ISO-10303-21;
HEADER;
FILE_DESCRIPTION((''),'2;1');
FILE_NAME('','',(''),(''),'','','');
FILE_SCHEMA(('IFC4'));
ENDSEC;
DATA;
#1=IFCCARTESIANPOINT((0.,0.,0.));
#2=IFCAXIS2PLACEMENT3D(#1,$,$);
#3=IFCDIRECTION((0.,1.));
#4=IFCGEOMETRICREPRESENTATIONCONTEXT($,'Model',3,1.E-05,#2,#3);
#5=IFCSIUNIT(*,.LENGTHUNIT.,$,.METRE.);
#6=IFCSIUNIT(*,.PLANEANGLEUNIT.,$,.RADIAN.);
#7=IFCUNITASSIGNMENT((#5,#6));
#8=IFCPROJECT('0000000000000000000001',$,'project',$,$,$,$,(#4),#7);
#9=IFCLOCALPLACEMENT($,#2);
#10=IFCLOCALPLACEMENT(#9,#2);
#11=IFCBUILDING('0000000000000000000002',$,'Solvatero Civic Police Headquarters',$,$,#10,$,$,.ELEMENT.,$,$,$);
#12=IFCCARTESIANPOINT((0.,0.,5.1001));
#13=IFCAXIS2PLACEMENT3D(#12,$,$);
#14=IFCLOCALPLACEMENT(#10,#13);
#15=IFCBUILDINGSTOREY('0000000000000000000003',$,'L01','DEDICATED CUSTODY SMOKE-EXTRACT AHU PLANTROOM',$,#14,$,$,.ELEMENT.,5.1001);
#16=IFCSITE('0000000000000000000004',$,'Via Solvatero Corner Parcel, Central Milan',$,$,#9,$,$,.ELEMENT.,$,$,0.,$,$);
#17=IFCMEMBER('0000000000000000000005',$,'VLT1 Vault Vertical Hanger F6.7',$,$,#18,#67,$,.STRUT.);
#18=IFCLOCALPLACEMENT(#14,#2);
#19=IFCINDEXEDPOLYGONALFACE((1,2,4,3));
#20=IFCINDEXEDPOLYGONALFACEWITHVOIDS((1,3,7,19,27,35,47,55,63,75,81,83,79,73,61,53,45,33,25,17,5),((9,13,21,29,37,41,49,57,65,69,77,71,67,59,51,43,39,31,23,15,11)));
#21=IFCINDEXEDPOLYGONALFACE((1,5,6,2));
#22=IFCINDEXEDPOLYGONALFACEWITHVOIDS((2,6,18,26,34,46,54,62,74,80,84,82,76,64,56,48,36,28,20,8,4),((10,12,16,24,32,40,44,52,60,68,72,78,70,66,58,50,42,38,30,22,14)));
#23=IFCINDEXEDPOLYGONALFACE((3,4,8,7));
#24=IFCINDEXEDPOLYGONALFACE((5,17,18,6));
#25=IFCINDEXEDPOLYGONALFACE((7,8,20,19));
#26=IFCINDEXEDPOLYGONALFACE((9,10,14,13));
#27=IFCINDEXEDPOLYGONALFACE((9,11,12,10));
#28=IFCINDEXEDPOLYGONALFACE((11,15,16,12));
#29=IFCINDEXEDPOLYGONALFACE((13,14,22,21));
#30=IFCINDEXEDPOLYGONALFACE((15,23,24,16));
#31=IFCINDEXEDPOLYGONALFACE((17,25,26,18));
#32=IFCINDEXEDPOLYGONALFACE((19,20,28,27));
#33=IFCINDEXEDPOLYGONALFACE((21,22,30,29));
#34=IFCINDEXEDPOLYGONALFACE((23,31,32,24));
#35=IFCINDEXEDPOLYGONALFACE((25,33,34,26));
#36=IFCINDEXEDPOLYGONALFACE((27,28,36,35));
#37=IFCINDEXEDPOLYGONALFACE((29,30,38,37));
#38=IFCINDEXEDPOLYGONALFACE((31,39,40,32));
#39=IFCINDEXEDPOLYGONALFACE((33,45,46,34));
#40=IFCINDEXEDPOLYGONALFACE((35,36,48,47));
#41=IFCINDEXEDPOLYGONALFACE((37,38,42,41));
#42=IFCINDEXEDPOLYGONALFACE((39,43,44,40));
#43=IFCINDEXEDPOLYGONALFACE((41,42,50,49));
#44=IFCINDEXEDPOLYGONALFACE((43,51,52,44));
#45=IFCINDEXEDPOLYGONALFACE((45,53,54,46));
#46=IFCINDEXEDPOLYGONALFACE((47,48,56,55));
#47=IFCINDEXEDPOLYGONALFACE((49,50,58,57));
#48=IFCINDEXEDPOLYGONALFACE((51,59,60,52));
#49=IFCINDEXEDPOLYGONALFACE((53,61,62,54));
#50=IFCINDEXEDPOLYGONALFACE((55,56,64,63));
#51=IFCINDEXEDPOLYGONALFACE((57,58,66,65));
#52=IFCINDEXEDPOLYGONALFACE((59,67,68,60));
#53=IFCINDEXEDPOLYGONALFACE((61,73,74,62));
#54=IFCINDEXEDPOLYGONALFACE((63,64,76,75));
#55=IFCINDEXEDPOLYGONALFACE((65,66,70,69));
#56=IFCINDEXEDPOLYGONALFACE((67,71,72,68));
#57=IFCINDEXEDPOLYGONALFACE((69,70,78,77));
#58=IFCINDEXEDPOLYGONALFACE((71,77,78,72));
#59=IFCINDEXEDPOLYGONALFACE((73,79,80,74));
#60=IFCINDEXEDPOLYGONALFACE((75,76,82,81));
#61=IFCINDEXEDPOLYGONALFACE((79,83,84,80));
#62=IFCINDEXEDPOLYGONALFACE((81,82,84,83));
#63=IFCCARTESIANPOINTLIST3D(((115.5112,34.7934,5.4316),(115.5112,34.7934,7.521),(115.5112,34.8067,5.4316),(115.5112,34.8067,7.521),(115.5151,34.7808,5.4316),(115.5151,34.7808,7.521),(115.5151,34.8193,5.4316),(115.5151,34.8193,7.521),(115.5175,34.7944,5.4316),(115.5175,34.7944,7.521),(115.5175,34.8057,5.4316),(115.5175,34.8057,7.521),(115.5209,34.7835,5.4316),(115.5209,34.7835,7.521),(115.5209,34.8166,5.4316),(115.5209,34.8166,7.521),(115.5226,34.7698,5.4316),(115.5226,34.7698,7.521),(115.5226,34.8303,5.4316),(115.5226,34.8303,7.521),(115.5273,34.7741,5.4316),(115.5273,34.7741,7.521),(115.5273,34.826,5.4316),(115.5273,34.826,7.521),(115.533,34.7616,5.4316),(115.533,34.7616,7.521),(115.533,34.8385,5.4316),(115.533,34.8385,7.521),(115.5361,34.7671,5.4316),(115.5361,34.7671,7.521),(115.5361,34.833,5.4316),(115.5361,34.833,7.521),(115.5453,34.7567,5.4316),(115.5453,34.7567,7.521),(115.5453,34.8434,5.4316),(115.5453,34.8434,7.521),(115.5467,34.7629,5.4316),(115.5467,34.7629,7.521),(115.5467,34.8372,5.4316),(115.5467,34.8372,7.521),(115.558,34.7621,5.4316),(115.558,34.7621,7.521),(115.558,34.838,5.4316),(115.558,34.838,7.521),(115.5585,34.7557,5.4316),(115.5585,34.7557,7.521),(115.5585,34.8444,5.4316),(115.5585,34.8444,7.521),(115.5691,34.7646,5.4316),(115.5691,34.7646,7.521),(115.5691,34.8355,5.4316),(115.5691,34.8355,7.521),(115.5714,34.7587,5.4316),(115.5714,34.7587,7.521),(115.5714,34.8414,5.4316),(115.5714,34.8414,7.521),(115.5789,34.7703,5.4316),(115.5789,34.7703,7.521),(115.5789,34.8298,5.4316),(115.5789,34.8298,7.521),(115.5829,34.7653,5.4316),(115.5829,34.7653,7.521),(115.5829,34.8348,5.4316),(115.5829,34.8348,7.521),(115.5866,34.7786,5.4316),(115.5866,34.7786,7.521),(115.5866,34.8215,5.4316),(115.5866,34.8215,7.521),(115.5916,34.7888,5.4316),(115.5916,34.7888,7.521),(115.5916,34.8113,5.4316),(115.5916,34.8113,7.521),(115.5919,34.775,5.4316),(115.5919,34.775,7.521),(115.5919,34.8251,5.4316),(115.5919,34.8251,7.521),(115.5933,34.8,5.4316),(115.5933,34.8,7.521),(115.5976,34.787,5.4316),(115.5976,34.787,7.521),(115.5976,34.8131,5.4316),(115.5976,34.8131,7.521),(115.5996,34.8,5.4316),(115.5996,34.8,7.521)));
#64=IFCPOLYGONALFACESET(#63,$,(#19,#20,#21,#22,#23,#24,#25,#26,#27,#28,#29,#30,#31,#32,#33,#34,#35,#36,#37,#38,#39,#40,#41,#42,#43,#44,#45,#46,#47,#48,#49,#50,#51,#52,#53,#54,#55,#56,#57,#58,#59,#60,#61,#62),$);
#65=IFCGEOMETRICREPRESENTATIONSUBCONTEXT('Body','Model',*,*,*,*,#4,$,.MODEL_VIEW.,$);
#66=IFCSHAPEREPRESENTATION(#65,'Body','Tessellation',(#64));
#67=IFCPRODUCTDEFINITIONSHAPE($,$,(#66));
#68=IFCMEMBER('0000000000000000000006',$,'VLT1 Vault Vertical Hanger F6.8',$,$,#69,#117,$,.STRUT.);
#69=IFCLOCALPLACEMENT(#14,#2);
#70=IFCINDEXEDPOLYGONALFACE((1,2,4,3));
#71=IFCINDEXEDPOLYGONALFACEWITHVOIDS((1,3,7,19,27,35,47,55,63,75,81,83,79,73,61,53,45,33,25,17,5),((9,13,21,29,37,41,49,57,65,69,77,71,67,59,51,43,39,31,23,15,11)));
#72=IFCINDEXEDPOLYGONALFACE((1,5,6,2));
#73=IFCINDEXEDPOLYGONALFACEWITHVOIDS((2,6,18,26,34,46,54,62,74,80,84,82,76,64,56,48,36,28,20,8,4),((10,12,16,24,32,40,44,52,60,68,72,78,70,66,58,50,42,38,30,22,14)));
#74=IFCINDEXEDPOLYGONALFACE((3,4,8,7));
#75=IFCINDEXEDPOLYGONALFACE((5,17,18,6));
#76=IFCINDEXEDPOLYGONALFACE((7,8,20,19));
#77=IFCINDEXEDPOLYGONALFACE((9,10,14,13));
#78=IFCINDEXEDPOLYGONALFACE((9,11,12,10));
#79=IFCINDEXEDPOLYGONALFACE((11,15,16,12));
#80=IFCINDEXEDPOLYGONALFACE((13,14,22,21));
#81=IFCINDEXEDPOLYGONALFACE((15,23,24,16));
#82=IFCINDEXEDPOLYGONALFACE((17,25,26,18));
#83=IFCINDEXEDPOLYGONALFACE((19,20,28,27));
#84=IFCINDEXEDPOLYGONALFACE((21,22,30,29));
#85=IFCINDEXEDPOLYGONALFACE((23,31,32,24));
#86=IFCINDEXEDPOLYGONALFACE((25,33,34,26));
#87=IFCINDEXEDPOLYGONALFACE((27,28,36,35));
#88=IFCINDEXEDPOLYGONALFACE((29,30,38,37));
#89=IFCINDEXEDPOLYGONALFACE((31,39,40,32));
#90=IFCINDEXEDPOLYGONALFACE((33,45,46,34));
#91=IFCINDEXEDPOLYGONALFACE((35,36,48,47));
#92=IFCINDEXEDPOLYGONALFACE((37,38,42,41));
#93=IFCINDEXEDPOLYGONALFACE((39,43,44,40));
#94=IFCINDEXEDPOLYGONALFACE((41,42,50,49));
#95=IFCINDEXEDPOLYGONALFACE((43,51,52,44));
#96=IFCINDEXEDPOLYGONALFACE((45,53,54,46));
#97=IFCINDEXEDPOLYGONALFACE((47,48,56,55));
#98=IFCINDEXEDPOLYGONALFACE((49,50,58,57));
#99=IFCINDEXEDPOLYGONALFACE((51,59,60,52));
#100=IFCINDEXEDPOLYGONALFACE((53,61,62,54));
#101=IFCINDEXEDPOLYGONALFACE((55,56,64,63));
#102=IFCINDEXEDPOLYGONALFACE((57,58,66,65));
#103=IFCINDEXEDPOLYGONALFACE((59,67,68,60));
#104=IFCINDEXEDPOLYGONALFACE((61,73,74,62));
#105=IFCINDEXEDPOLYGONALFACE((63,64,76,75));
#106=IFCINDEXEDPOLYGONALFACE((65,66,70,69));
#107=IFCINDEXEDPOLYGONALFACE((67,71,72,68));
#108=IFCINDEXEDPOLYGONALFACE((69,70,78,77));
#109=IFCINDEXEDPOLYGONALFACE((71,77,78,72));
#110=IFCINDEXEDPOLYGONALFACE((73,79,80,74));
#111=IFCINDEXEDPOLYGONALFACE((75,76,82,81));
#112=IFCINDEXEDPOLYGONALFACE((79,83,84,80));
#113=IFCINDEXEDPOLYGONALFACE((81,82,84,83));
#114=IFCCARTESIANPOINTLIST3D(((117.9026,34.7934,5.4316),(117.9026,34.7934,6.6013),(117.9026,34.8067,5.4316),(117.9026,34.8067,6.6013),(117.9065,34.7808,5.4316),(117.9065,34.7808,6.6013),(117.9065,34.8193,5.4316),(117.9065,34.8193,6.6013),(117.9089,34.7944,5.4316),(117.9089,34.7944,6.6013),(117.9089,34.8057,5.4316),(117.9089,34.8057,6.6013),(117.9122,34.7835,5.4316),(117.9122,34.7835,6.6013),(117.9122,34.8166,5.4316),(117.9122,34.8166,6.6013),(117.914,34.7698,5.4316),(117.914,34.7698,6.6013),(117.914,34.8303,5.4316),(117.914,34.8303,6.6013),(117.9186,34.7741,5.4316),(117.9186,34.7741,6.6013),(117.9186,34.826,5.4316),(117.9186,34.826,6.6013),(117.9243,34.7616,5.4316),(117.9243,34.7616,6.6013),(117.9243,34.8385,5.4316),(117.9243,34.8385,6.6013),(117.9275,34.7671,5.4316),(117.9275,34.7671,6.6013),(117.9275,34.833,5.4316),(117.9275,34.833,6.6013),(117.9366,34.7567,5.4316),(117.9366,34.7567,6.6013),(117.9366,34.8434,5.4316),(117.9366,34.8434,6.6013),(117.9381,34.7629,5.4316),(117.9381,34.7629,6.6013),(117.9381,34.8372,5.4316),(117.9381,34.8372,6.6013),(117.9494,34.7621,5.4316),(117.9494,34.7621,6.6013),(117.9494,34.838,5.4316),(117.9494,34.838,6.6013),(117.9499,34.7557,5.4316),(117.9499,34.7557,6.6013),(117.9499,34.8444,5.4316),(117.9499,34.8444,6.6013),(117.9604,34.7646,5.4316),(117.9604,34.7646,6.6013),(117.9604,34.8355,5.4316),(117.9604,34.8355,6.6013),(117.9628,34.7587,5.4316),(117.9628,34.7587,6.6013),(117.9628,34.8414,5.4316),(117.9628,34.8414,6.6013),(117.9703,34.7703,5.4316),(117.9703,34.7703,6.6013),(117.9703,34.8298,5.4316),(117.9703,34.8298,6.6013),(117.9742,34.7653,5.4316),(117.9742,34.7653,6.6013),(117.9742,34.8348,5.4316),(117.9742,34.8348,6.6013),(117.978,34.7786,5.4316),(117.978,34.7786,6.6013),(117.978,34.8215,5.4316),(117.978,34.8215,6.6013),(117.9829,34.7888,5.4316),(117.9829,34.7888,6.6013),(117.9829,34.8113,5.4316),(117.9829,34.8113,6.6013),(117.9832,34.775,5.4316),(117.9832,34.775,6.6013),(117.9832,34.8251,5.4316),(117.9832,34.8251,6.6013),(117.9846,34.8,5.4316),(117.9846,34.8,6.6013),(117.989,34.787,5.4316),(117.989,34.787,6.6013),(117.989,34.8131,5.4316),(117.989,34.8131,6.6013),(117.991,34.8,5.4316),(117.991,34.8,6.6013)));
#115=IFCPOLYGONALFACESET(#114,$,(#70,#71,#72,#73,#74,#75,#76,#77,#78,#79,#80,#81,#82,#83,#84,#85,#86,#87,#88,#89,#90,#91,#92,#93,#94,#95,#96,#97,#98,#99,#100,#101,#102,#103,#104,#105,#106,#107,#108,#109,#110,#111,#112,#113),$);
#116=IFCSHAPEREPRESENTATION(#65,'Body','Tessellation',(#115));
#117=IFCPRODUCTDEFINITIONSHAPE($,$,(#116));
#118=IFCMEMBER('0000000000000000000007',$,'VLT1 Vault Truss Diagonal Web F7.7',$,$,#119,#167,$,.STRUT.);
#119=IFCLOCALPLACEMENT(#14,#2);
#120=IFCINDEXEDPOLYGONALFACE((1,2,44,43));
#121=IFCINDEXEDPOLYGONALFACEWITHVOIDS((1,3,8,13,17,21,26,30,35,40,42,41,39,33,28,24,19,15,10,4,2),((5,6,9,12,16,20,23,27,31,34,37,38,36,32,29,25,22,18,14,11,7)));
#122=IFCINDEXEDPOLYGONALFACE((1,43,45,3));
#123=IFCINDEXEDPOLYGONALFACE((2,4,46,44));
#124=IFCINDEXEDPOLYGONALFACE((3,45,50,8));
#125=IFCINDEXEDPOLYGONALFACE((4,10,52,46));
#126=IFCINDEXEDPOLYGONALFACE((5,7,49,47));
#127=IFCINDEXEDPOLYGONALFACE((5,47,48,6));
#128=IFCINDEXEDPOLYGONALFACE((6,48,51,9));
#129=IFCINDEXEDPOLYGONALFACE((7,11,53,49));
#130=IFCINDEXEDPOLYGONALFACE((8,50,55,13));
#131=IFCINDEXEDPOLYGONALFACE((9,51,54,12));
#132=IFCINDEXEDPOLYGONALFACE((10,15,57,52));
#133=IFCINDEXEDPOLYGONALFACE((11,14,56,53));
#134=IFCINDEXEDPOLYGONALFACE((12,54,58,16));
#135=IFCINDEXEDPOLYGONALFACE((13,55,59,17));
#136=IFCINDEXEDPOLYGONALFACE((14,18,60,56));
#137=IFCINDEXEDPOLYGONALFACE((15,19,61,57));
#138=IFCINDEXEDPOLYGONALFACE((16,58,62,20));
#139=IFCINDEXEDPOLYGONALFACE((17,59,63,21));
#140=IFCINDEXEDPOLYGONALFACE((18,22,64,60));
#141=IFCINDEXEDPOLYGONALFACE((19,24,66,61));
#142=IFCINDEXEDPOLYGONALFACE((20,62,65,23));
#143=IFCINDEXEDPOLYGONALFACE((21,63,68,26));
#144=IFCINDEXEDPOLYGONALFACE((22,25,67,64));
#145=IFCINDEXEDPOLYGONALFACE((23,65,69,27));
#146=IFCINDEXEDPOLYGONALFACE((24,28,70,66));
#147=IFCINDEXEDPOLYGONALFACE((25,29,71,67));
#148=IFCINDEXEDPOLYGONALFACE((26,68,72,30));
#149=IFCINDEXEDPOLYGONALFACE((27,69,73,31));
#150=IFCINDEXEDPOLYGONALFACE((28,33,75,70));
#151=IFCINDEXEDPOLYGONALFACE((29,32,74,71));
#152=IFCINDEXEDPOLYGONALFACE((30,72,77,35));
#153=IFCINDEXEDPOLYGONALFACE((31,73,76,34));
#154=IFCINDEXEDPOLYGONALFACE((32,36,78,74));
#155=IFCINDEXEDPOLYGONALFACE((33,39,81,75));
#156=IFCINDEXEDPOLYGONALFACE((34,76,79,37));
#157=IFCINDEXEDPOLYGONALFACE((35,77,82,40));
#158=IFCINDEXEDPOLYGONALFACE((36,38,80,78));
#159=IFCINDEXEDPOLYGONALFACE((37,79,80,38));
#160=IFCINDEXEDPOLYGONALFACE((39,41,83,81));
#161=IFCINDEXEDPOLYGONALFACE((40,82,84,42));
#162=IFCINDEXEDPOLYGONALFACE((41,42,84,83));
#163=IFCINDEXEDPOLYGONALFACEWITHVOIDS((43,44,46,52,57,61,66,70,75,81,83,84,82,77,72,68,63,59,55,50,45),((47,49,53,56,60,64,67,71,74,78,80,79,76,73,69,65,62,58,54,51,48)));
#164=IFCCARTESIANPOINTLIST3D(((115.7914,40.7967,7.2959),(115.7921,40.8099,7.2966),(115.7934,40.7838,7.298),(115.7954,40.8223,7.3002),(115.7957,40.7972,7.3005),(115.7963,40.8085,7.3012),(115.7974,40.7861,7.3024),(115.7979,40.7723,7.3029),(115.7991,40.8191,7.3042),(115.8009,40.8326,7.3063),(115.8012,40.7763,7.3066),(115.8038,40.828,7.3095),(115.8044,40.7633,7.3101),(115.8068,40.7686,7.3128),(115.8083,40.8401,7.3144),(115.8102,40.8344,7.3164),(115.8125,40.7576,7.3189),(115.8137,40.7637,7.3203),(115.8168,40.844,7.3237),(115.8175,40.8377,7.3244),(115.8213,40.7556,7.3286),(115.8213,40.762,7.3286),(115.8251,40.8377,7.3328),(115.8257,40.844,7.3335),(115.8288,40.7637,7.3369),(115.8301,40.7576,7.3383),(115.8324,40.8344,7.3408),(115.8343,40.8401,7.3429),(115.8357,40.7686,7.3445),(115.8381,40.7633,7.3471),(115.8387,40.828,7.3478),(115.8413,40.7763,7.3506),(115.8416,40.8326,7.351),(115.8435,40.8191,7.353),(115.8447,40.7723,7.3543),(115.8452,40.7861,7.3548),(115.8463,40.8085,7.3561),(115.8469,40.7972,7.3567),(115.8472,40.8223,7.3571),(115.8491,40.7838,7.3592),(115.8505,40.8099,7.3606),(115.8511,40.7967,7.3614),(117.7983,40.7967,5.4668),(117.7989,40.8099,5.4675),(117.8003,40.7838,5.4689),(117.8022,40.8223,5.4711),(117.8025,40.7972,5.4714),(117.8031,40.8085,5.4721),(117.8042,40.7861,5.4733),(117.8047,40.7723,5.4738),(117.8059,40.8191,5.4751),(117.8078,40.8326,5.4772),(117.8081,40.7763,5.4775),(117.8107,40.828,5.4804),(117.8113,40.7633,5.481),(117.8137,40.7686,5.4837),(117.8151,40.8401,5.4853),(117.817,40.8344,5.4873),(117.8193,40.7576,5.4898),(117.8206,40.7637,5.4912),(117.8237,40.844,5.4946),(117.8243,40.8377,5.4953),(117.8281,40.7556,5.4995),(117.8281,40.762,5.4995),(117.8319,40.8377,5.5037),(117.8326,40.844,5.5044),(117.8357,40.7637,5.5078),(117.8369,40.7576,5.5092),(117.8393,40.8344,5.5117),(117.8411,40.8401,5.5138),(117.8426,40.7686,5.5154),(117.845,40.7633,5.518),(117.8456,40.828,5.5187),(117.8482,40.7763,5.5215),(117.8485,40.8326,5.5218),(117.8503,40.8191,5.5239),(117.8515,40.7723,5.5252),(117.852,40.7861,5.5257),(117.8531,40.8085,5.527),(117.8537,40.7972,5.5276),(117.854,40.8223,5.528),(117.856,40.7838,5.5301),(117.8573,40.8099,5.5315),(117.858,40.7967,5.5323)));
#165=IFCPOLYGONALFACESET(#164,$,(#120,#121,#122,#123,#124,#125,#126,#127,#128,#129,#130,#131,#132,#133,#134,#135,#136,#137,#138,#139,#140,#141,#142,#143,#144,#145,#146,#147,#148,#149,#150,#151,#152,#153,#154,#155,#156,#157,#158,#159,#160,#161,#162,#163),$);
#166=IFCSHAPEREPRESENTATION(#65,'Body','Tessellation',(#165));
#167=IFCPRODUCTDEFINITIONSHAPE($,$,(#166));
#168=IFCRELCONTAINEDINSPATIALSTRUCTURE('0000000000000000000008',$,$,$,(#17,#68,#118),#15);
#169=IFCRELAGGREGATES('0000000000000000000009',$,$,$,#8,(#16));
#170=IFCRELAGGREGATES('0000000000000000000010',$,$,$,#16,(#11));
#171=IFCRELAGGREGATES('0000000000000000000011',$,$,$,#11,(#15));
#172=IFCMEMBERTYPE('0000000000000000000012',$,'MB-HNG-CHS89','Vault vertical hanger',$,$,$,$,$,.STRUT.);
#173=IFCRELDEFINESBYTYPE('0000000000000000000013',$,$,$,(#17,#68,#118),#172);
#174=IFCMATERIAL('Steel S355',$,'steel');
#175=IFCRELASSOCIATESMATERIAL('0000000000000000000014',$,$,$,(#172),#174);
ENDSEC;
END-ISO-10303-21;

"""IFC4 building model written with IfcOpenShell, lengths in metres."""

from ifc_helpers import new_model, si_unit, direction, frame, origin, origin_2d, place, context, subcontext, project, spatial, hollow_circle, extrude, material, material_profile, profile_set, type_object, element, save


model = new_model("IFC4")

# Units and contexts
model_context = context("Model", 3, precision=1e-05, world=origin(), true_north=direction((0.0, 1.0)))
body_context = subcontext(model_context, "Body", "Model", "MODEL_VIEW")
ifc_project = project(units=[si_unit("LENGTHUNIT", "METRE"), si_unit("PLANEANGLEUNIT", "RADIAN")], contexts=[model_context])

# Site, building, storey
site_placement = place(None, origin())
site = spatial("IfcSite", under=ifc_project, at=site_placement, Name="Via Solvatero Corner Parcel, Central Milan", CompositionType="ELEMENT", RefElevation=0.0)
building_placement = place(site_placement, origin())
building = spatial("IfcBuilding", under=site, at=building_placement, Name="Solvatero Civic Police Headquarters", CompositionType="ELEMENT")
storey_placement = place(building_placement, frame((0.0, 0.0, 5.1001)))
storey = spatial("IfcBuildingStorey", under=building, at=storey_placement, Name="L01", Description="DEDICATED CUSTODY SMOKE-EXTRACT AHU PLANTROOM", CompositionType="ELEMENT", Elevation=5.1001)

# Shared definitions
ifc_material_1 = material(Name="Steel S355", Category="steel")

# Members
ifc_material_profile_1 = material_profile(ifc_material_1, hollow_circle(Radius=0.0444, WallThickness=0.0063, at=origin_2d()), Name="CHS 88.9x6.3")
ifc_profile_set_1 = profile_set([ifc_material_profile_1], Name="Steel S355")
member_type_1 = type_object("IfcMemberType", Name="MB-HNG-CHS89", Description="Vault vertical hanger", PredefinedType="STRUT", material=ifc_profile_set_1)
member_1_placement = place(storey_placement, frame((115.5552, 34.8, 5.4316), z_axis=(0.0, 0.0, 1.0), x_axis=(1.0, 0.0, 0.0)))
element("IfcMember", 1, at=member_1_placement, inside=storey, type_object=member_type_1, Name="VLT1 Vault Vertical Hanger F6.7", PredefinedType="STRUT", context=body_context, shape_type="SweptSolid", body=[
    extrude(hollow_circle(Radius=0.0444, WallThickness=0.0063, at=origin_2d()), origin(), (0.0, 0.0, 1.0), 2.0894),
])
member_2_placement = place(storey_placement, frame((117.9465, 34.8, 5.4316), z_axis=(0.0, 0.0, 1.0), x_axis=(1.0, 0.0, 0.0)))
element("IfcMember", 2, at=member_2_placement, inside=storey, type_object=member_type_1, Name="VLT1 Vault Vertical Hanger F6.8", PredefinedType="STRUT", context=body_context, shape_type="SweptSolid", body=[
    extrude(hollow_circle(Radius=0.0444, WallThickness=0.0063, at=origin_2d()), origin(), (0.0, 0.0, 1.0), 1.1697),
])
member_3_placement = place(storey_placement, frame((117.8281, 40.8, 5.4995), z_axis=(-0.739077, 0.0, 0.673621), x_axis=(0.0, -1.0, 0.0)))
element("IfcMember", 3, at=member_3_placement, inside=storey, type_object=member_type_1, Name="VLT1 Vault Truss Diagonal Web F7.7", PredefinedType="STRUT", context=body_context, shape_type="SweptSolid", body=[
    extrude(hollow_circle(Radius=0.0444, WallThickness=0.0063, at=origin_2d()), origin(), (0.0, 0.0, 1.0), 2.7153),
])

save(model, "model.ifc")
